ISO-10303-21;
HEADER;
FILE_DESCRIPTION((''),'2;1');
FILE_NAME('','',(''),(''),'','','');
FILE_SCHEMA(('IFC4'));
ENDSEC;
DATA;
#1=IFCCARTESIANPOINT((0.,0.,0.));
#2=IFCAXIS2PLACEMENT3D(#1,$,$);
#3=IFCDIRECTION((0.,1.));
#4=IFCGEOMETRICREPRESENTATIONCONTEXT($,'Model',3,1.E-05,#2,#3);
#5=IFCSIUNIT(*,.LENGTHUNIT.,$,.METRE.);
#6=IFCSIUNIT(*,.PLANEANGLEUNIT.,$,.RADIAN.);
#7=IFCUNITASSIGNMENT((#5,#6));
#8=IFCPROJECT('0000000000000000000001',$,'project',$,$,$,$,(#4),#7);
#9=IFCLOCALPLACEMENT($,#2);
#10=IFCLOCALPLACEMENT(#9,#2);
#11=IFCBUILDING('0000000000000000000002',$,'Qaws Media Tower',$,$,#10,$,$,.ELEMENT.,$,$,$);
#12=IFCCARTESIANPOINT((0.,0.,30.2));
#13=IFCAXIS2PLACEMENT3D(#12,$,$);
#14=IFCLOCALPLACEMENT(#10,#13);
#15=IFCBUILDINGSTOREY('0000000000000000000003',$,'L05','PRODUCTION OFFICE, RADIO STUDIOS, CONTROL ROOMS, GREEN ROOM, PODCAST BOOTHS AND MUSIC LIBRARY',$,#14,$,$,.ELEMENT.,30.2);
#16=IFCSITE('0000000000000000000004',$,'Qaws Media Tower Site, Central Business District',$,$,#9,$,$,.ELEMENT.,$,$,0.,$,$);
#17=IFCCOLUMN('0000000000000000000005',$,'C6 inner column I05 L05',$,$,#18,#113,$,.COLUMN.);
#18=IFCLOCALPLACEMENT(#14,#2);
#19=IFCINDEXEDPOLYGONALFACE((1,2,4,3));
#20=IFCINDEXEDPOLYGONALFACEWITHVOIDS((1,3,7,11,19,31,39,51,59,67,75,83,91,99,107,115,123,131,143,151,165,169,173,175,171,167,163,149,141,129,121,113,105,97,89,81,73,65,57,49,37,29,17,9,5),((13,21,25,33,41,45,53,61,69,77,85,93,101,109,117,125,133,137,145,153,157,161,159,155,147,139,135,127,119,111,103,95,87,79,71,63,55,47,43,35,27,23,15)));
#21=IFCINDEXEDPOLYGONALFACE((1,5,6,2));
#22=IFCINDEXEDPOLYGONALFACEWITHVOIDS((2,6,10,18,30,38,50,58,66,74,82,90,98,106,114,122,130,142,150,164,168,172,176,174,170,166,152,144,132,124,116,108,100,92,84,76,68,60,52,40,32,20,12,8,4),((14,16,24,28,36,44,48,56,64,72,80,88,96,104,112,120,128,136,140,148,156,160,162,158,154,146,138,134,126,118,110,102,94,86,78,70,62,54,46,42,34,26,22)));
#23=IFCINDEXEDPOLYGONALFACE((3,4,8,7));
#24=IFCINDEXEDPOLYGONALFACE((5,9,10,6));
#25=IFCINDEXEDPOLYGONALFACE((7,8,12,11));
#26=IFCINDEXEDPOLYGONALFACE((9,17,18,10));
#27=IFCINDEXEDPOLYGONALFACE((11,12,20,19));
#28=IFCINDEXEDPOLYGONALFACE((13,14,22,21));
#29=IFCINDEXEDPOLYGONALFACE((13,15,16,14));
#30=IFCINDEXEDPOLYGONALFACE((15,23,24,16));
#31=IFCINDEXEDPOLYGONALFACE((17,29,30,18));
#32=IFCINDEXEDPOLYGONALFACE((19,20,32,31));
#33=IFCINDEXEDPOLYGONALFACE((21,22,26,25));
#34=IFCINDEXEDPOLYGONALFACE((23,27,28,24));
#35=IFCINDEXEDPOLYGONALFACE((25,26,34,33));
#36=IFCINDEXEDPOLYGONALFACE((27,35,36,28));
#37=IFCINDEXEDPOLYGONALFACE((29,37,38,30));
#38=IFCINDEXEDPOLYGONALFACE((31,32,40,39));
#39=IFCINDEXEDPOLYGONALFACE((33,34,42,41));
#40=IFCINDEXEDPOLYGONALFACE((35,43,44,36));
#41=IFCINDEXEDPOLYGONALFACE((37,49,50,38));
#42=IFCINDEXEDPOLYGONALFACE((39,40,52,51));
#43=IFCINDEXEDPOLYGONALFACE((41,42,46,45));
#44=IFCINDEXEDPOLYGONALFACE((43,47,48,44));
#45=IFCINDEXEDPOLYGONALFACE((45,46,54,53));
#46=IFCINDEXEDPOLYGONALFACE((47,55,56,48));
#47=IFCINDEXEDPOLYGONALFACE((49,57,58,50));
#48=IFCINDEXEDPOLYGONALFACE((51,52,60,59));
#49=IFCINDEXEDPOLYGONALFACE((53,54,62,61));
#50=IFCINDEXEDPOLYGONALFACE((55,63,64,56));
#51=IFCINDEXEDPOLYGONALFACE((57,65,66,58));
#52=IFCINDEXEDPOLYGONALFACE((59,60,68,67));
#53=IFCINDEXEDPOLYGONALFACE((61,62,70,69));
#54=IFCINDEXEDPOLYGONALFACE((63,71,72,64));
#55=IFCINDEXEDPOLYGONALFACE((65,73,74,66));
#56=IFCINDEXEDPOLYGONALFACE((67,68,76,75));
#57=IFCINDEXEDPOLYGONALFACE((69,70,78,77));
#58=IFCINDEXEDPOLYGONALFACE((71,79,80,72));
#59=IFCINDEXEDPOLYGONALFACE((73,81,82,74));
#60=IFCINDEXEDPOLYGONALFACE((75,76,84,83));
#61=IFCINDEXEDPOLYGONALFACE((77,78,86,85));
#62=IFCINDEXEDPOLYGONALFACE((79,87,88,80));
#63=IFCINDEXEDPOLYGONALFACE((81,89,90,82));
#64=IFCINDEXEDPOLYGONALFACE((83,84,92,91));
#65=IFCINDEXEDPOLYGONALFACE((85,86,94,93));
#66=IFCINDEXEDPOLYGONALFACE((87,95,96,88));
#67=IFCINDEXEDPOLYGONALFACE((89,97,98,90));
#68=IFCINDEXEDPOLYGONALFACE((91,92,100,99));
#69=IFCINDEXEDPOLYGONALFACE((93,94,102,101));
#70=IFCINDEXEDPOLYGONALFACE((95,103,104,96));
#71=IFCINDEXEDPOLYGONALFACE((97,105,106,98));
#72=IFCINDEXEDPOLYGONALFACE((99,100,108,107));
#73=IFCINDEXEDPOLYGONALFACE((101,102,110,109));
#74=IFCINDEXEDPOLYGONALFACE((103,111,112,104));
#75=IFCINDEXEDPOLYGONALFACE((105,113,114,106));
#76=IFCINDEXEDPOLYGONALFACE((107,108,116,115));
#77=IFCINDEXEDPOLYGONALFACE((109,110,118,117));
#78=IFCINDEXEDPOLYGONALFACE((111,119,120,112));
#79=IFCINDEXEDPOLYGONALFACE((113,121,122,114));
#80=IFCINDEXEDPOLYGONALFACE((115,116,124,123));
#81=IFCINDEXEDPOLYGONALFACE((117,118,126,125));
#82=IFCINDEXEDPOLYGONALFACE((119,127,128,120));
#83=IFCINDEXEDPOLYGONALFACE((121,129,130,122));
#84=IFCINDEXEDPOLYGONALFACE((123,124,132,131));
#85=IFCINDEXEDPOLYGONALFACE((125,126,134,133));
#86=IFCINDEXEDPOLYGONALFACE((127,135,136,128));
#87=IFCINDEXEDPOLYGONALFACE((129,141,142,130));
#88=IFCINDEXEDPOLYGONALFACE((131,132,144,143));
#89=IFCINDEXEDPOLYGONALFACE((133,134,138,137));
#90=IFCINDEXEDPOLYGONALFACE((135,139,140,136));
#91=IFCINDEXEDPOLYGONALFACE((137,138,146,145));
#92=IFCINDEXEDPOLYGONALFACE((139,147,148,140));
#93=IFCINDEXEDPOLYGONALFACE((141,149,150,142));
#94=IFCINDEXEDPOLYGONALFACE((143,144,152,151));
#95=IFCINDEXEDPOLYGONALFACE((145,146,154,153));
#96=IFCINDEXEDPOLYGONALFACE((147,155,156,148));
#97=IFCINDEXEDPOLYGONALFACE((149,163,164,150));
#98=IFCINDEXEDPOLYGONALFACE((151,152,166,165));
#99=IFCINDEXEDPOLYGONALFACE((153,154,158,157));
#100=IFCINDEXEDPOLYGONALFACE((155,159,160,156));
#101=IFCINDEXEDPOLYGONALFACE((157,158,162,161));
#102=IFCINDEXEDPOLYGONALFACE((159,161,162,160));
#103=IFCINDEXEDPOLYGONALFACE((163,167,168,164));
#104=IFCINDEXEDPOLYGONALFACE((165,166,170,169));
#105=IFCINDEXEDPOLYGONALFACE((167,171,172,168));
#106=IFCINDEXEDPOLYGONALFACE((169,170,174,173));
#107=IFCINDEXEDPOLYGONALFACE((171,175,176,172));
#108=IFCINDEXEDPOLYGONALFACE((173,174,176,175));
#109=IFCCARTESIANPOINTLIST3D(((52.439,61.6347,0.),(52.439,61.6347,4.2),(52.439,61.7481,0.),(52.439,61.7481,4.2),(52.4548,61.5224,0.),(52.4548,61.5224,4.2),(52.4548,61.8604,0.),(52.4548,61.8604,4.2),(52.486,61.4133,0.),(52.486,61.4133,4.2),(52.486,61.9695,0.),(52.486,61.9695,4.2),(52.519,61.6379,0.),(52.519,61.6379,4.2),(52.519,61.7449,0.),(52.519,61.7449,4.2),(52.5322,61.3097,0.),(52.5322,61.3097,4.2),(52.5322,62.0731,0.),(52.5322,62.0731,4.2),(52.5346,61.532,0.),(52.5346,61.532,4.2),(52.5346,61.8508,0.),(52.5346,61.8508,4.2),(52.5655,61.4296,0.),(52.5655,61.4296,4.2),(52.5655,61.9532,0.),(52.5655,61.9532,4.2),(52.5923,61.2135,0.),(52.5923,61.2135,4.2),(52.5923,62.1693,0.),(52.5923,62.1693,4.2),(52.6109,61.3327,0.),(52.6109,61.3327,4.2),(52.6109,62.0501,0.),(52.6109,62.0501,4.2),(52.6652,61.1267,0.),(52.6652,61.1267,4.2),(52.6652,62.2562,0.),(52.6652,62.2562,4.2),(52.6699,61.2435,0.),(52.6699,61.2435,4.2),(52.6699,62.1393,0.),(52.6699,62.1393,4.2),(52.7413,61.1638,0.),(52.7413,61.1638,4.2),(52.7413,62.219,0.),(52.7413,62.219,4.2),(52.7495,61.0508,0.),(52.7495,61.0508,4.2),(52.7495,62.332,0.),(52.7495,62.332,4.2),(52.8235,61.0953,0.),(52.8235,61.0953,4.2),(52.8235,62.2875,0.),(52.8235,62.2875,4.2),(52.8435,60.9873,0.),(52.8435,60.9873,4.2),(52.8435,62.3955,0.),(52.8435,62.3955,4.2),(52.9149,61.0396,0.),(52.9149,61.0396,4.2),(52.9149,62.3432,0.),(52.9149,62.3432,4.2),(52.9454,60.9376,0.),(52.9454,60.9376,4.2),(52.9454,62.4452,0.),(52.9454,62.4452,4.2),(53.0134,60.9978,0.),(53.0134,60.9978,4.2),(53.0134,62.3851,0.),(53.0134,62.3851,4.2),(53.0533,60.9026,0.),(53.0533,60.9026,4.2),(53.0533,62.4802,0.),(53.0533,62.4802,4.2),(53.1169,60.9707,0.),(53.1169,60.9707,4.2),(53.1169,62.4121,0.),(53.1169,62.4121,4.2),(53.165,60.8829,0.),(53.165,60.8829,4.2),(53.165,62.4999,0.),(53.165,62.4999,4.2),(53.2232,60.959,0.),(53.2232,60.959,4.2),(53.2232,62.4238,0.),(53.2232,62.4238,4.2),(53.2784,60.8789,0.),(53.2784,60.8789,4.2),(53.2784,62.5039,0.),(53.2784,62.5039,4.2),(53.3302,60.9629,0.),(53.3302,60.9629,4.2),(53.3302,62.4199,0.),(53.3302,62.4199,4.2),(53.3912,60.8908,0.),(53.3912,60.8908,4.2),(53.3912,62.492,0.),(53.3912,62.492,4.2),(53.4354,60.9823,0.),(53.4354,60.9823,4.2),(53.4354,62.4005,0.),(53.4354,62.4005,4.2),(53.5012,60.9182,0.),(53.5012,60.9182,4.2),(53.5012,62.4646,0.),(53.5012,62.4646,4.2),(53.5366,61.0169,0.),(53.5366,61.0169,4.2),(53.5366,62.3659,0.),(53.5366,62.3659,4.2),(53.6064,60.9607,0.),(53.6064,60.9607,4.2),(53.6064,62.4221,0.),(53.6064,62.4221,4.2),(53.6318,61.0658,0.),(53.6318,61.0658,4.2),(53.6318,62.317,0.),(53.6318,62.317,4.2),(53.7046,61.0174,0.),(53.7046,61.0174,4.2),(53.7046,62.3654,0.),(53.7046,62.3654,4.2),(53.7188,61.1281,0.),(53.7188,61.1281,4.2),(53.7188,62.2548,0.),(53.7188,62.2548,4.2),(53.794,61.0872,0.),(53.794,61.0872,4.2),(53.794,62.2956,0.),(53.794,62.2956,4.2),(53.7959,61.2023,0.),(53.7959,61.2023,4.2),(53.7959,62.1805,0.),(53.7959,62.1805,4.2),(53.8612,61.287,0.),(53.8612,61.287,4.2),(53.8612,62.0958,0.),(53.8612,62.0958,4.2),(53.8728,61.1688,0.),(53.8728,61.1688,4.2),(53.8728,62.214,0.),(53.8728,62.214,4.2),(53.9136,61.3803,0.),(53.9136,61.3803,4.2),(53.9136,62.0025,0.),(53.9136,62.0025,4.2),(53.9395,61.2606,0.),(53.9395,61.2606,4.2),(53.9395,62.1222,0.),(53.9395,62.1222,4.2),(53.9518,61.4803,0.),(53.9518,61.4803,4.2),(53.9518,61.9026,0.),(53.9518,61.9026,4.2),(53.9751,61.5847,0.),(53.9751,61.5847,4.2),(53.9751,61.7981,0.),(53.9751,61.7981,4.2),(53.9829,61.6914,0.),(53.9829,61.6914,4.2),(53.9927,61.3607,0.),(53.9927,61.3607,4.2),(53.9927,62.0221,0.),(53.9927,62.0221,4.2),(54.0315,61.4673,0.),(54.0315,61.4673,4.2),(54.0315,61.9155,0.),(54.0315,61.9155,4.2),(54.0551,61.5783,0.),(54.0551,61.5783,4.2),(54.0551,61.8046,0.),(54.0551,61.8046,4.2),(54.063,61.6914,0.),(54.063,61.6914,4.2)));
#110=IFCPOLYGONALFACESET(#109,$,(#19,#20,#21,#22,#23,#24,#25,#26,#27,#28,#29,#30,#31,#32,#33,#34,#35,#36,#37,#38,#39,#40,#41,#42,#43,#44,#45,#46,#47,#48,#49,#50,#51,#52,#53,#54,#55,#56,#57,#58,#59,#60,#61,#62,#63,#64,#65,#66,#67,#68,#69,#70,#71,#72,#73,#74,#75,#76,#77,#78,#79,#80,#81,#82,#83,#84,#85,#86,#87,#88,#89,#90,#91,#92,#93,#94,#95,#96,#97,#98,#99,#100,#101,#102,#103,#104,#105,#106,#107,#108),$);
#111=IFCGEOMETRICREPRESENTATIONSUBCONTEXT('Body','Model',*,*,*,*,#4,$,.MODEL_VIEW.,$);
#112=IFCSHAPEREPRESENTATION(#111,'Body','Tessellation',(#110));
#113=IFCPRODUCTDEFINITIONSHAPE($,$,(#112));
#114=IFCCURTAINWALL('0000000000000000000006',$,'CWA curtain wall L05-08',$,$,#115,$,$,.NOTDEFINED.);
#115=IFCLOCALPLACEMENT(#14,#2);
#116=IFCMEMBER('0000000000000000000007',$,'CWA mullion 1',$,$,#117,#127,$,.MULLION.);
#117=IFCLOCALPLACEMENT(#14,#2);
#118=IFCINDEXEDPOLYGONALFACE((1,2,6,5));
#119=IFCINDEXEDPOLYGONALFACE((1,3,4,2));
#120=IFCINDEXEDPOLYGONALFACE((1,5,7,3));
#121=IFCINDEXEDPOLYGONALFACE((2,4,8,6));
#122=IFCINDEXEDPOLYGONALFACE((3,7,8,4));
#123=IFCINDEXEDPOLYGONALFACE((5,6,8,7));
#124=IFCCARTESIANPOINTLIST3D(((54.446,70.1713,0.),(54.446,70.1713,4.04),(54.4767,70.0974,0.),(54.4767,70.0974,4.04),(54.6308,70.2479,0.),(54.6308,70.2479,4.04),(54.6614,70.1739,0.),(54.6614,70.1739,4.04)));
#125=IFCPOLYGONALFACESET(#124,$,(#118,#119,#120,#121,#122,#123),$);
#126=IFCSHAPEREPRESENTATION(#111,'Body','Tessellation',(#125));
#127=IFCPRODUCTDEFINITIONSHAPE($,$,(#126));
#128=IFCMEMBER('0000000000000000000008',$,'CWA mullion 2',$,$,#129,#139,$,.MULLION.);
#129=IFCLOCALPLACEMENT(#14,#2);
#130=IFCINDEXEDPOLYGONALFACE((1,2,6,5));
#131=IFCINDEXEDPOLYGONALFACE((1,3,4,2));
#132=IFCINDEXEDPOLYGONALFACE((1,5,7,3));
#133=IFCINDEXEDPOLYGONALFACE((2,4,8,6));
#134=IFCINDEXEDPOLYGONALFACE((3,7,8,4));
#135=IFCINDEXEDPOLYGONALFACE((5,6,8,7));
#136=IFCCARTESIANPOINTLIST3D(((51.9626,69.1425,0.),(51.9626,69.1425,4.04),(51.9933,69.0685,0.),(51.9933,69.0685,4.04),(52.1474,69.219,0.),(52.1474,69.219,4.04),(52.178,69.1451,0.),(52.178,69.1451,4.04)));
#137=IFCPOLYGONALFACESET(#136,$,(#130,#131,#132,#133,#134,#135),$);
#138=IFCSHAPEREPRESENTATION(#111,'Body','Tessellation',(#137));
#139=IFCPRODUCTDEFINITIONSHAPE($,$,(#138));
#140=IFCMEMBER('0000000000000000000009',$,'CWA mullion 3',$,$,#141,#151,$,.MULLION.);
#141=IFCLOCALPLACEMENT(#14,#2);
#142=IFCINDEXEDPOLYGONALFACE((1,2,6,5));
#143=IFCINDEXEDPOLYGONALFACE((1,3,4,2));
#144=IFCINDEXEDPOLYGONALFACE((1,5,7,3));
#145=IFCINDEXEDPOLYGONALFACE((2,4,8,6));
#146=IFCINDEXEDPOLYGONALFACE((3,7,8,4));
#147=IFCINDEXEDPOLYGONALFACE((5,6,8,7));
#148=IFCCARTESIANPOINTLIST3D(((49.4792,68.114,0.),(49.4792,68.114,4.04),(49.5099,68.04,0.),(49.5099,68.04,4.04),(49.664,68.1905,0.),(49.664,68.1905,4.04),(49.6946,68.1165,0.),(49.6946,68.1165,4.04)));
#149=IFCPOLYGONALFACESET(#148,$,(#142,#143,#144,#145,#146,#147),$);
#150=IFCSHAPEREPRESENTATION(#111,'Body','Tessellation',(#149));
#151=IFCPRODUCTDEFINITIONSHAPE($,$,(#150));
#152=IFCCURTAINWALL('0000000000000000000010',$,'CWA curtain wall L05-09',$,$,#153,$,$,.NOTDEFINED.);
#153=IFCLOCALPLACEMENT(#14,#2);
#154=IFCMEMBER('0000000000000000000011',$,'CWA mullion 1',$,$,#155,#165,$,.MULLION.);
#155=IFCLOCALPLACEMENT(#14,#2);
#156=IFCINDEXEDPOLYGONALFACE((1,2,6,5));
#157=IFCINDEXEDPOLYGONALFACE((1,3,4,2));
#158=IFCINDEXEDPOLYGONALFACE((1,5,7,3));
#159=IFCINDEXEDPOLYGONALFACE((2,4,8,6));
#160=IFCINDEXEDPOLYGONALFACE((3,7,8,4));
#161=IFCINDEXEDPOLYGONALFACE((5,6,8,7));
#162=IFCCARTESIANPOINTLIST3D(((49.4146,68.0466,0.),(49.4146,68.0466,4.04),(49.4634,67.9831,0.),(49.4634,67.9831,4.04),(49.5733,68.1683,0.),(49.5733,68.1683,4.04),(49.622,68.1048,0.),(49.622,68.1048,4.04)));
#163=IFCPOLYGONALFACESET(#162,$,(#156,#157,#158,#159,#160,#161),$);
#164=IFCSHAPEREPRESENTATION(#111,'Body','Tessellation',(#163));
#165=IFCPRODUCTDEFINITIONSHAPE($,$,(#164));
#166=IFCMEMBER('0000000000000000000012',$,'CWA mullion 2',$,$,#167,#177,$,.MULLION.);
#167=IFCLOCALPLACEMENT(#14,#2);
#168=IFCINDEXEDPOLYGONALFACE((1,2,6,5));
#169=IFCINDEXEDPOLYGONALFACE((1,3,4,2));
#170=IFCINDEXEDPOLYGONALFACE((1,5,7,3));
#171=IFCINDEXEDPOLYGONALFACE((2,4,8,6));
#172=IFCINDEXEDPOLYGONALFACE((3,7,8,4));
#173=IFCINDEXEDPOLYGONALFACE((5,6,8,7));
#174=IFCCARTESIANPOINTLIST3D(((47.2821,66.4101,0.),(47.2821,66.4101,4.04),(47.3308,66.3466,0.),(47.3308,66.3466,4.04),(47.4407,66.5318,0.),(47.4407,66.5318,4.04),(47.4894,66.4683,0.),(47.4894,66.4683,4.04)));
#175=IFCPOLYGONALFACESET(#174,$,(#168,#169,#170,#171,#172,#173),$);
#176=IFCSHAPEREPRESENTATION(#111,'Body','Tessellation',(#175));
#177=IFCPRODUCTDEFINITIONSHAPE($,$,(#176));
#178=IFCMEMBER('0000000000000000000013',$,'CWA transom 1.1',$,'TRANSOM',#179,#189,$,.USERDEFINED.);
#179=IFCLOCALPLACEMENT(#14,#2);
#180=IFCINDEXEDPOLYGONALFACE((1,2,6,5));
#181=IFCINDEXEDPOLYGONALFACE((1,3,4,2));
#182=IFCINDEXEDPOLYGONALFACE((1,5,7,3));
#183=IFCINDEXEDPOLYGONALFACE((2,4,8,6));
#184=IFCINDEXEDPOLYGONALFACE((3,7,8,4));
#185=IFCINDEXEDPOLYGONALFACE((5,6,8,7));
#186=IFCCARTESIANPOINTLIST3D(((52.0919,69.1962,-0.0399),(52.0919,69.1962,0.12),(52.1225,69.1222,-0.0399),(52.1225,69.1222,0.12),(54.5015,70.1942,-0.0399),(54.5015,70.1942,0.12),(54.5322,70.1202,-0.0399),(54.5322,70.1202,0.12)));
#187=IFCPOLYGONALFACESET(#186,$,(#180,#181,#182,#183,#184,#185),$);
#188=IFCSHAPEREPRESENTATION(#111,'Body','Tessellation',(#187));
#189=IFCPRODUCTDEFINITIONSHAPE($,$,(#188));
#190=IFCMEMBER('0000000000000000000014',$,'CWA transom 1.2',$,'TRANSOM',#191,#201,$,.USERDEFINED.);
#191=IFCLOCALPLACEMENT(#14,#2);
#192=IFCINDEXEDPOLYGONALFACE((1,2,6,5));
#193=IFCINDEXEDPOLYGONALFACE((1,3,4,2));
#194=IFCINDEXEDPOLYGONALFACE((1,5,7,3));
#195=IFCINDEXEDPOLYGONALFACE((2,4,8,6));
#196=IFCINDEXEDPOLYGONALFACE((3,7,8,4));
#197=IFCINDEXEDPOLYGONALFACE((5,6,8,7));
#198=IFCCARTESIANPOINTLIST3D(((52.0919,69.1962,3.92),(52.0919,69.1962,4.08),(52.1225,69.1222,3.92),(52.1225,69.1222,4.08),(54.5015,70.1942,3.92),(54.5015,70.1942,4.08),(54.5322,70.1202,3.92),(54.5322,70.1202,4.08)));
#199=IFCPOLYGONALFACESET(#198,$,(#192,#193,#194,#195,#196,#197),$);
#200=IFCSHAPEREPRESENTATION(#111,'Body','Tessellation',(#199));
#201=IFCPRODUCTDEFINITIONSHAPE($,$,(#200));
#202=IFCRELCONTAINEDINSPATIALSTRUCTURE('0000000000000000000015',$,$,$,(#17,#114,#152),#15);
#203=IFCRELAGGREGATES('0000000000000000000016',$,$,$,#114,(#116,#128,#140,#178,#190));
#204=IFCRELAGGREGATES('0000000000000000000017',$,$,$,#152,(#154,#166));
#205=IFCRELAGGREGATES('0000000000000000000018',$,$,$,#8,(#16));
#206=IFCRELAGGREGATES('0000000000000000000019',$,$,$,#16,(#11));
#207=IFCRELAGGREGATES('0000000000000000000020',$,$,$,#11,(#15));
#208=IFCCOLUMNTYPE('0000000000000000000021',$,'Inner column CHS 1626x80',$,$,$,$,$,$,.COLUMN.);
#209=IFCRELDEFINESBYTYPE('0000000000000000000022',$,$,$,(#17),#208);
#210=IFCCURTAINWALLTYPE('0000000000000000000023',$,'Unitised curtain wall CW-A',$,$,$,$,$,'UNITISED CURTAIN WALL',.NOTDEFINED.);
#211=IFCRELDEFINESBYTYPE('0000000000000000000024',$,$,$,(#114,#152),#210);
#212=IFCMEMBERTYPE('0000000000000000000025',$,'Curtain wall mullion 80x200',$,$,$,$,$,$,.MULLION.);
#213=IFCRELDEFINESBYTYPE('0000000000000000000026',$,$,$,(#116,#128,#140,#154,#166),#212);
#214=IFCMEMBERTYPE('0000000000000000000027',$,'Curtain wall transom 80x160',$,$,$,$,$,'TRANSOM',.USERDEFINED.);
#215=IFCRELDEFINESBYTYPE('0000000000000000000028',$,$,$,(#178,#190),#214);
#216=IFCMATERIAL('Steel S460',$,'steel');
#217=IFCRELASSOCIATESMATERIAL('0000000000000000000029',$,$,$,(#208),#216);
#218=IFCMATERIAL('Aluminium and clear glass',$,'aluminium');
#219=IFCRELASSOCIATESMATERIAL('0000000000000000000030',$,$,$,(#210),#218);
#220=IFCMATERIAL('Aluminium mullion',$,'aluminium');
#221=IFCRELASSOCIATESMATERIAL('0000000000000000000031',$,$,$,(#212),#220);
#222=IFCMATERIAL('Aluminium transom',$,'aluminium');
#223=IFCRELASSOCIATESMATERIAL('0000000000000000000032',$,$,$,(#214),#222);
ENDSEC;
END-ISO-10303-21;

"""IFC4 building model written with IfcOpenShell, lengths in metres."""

from ifc_helpers import new_model, si_unit, direction, frame, origin, origin_2d, place, context, subcontext, project, spatial, rectangle, hollow_circle, extrude, material, material_profile, profile_set, type_object, element, aggregate, save


model = new_model("IFC4")

# Units and contexts
model_context = context("Model", 3, precision=1e-05, world=origin(), true_north=direction((0.0, 1.0)))
body_context = subcontext(model_context, "Body", "Model", "MODEL_VIEW")
ifc_project = project(units=[si_unit("LENGTHUNIT", "METRE"), si_unit("PLANEANGLEUNIT", "RADIAN")], contexts=[model_context])

# Site, building, storey
site_placement = place(None, origin())
site = spatial("IfcSite", under=ifc_project, at=site_placement, Name="Qaws Media Tower Site, Central Business District", CompositionType="ELEMENT", RefElevation=0.0)
building_placement = place(site_placement, origin())
building = spatial("IfcBuilding", under=site, at=building_placement, Name="Qaws Media Tower", CompositionType="ELEMENT")
storey_placement = place(building_placement, frame((0.0, 0.0, 30.2)))
storey = spatial("IfcBuildingStorey", under=building, at=storey_placement, Name="L05", Description="PRODUCTION OFFICE, RADIO STUDIOS, CONTROL ROOMS, GREEN ROOM, PODCAST BOOTHS AND MUSIC LIBRARY", CompositionType="ELEMENT", Elevation=30.2)

# Column
ifc_material_1 = material(Name="Steel S460", Category="steel")
ifc_material_profile_1 = material_profile(ifc_material_1, hollow_circle(Radius=0.813, WallThickness=0.0801, at=origin_2d()), Name="CHS 1626x80")
ifc_profile_set_1 = profile_set([ifc_material_profile_1], Name="Steel S460")
column_type = type_object("IfcColumnType", Name="Inner column CHS 1626x80", PredefinedType="COLUMN", material=ifc_profile_set_1)
column_placement = place(storey_placement, frame((53.25, 61.6914, 0.0), z_axis=(0.0, 0.0, 1.0), x_axis=(1.0, 0.0, 0.0)))
element("IfcColumn", 1, at=column_placement, inside=storey, type_object=column_type, Name="C6 inner column I05 L05", PredefinedType="COLUMN", context=body_context, shape_type="SweptSolid", body=[
    extrude(hollow_circle(Radius=0.813, WallThickness=0.0801, at=origin_2d()), origin(), (0.0, 0.0, 1.0), 4.2),
])

# Curtain walls, members
ifc_material_2 = material(Name="Aluminium and clear glass", Category="aluminium")
curtain_wall_type = type_object("IfcCurtainWallType", Name="Unitised curtain wall CW-A", ElementType="UNITISED CURTAIN WALL", PredefinedType="NOTDEFINED", material=ifc_material_2)
curtain_wall_1_placement = place(storey_placement, origin())
curtain_wall_1 = element("IfcCurtainWall", 2, at=curtain_wall_1_placement, inside=storey, type_object=curtain_wall_type, Name="CWA curtain wall L05-08", PredefinedType="NOTDEFINED")
ifc_material_3 = material(Name="Aluminium mullion", Category="aluminium")
ifc_material_profile_2 = material_profile(ifc_material_3, rectangle(XDim=0.0801, YDim=0.2, at=origin_2d()), Name="80x200")
ifc_profile_set_2 = profile_set([ifc_material_profile_2], Name="Aluminium mullion")
member_type_1 = type_object("IfcMemberType", Name="Curtain wall mullion 80x200", PredefinedType="MULLION", material=ifc_profile_set_2)
member_1_placement = place(storey_placement, frame((54.5537, 70.1726, 0.0), z_axis=(0.0, 0.0, 1.0), x_axis=(0.382683, -0.92388, 0.0)))
member_1 = element("IfcMember", 3, at=member_1_placement, type_object=member_type_1, Name="CWA mullion 1", PredefinedType="MULLION", context=body_context, shape_type="SweptSolid", body=[
    extrude(rectangle(XDim=0.0801, YDim=0.2, at=origin_2d()), origin(), (0.0, 0.0, 1.0), 4.04),
])
member_2_placement = place(storey_placement, frame((52.0703, 69.1438, 0.0), z_axis=(0.0, 0.0, 1.0), x_axis=(0.382683, -0.92388, 0.0)))
member_2 = element("IfcMember", 4, at=member_2_placement, type_object=member_type_1, Name="CWA mullion 2", PredefinedType="MULLION", context=body_context, shape_type="SweptSolid", body=[
    extrude(rectangle(XDim=0.0801, YDim=0.2, at=origin_2d()), origin(), (0.0, 0.0, 1.0), 4.04),
])
member_3_placement = place(storey_placement, frame((49.5869, 68.1152, 0.0), z_axis=(0.0, 0.0, 1.0), x_axis=(0.382683, -0.92388, 0.0)))
member_3 = element("IfcMember", 5, at=member_3_placement, type_object=member_type_1, Name="CWA mullion 3", PredefinedType="MULLION", context=body_context, shape_type="SweptSolid", body=[
    extrude(rectangle(XDim=0.0801, YDim=0.2, at=origin_2d()), origin(), (0.0, 0.0, 1.0), 4.04),
])
curtain_wall_2_placement = place(storey_placement, origin())
curtain_wall_2 = element("IfcCurtainWall", 6, at=curtain_wall_2_placement, inside=storey, type_object=curtain_wall_type, Name="CWA curtain wall L05-09", PredefinedType="NOTDEFINED")
member_4_placement = place(storey_placement, frame((49.5183, 68.0757, 0.0), z_axis=(0.0, 0.0, 1.0), x_axis=(0.608761, -0.793353, 0.0)))
member_4 = element("IfcMember", 7, at=member_4_placement, type_object=member_type_1, Name="CWA mullion 1", PredefinedType="MULLION", context=body_context, shape_type="SweptSolid", body=[
    extrude(rectangle(XDim=0.0801, YDim=0.2, at=origin_2d()), origin(), (0.0, 0.0, 1.0), 4.04),
])
member_5_placement = place(storey_placement, frame((47.3857, 66.4392, 0.0), z_axis=(0.0, 0.0, 1.0), x_axis=(0.608761, -0.793353, 0.0)))
member_5 = element("IfcMember", 8, at=member_5_placement, type_object=member_type_1, Name="CWA mullion 2", PredefinedType="MULLION", context=body_context, shape_type="SweptSolid", body=[
    extrude(rectangle(XDim=0.0801, YDim=0.2, at=origin_2d()), origin(), (0.0, 0.0, 1.0), 4.04),
])

# Members
ifc_material_4 = material(Name="Aluminium transom", Category="aluminium")
ifc_material_profile_3 = material_profile(ifc_material_4, rectangle(XDim=0.0801, YDim=0.1599, at=origin_2d()), Name="80x160")
ifc_profile_set_3 = profile_set([ifc_material_profile_3], Name="Aluminium transom")
member_type_2 = type_object("IfcMemberType", Name="Curtain wall transom 80x160", ElementType="TRANSOM", PredefinedType="USERDEFINED", material=ifc_profile_set_3)
member_6_placement = place(storey_placement, frame((54.5168, 70.1572, 0.04), z_axis=(-0.923889, -0.38266, 0.0), x_axis=(0.38266, -0.923889, 0.0)))
member_6 = element("IfcMember", 9, at=member_6_placement, type_object=member_type_2, Name="CWA transom 1.1", ObjectType="TRANSOM", PredefinedType="USERDEFINED", context=body_context, shape_type="SweptSolid", body=[
    extrude(rectangle(XDim=0.0801, YDim=0.1599, at=origin_2d()), origin(), (0.0, 0.0, 1.0), 2.6082),
])
member_7_placement = place(storey_placement, frame((54.5168, 70.1572, 4.0), z_axis=(-0.923889, -0.38266, 0.0), x_axis=(0.38266, -0.923889, 0.0)))
member_7 = element("IfcMember", 10, at=member_7_placement, type_object=member_type_2, Name="CWA transom 1.2", ObjectType="TRANSOM", PredefinedType="USERDEFINED", context=body_context, shape_type="SweptSolid", body=[
    extrude(rectangle(XDim=0.0801, YDim=0.1599, at=origin_2d()), origin(), (0.0, 0.0, 1.0), 2.6082),
])

aggregate(curtain_wall_1, [member_1, member_2, member_3, member_6, member_7])
aggregate(curtain_wall_2, [member_4, member_5])

save(model, "model.ifc")
